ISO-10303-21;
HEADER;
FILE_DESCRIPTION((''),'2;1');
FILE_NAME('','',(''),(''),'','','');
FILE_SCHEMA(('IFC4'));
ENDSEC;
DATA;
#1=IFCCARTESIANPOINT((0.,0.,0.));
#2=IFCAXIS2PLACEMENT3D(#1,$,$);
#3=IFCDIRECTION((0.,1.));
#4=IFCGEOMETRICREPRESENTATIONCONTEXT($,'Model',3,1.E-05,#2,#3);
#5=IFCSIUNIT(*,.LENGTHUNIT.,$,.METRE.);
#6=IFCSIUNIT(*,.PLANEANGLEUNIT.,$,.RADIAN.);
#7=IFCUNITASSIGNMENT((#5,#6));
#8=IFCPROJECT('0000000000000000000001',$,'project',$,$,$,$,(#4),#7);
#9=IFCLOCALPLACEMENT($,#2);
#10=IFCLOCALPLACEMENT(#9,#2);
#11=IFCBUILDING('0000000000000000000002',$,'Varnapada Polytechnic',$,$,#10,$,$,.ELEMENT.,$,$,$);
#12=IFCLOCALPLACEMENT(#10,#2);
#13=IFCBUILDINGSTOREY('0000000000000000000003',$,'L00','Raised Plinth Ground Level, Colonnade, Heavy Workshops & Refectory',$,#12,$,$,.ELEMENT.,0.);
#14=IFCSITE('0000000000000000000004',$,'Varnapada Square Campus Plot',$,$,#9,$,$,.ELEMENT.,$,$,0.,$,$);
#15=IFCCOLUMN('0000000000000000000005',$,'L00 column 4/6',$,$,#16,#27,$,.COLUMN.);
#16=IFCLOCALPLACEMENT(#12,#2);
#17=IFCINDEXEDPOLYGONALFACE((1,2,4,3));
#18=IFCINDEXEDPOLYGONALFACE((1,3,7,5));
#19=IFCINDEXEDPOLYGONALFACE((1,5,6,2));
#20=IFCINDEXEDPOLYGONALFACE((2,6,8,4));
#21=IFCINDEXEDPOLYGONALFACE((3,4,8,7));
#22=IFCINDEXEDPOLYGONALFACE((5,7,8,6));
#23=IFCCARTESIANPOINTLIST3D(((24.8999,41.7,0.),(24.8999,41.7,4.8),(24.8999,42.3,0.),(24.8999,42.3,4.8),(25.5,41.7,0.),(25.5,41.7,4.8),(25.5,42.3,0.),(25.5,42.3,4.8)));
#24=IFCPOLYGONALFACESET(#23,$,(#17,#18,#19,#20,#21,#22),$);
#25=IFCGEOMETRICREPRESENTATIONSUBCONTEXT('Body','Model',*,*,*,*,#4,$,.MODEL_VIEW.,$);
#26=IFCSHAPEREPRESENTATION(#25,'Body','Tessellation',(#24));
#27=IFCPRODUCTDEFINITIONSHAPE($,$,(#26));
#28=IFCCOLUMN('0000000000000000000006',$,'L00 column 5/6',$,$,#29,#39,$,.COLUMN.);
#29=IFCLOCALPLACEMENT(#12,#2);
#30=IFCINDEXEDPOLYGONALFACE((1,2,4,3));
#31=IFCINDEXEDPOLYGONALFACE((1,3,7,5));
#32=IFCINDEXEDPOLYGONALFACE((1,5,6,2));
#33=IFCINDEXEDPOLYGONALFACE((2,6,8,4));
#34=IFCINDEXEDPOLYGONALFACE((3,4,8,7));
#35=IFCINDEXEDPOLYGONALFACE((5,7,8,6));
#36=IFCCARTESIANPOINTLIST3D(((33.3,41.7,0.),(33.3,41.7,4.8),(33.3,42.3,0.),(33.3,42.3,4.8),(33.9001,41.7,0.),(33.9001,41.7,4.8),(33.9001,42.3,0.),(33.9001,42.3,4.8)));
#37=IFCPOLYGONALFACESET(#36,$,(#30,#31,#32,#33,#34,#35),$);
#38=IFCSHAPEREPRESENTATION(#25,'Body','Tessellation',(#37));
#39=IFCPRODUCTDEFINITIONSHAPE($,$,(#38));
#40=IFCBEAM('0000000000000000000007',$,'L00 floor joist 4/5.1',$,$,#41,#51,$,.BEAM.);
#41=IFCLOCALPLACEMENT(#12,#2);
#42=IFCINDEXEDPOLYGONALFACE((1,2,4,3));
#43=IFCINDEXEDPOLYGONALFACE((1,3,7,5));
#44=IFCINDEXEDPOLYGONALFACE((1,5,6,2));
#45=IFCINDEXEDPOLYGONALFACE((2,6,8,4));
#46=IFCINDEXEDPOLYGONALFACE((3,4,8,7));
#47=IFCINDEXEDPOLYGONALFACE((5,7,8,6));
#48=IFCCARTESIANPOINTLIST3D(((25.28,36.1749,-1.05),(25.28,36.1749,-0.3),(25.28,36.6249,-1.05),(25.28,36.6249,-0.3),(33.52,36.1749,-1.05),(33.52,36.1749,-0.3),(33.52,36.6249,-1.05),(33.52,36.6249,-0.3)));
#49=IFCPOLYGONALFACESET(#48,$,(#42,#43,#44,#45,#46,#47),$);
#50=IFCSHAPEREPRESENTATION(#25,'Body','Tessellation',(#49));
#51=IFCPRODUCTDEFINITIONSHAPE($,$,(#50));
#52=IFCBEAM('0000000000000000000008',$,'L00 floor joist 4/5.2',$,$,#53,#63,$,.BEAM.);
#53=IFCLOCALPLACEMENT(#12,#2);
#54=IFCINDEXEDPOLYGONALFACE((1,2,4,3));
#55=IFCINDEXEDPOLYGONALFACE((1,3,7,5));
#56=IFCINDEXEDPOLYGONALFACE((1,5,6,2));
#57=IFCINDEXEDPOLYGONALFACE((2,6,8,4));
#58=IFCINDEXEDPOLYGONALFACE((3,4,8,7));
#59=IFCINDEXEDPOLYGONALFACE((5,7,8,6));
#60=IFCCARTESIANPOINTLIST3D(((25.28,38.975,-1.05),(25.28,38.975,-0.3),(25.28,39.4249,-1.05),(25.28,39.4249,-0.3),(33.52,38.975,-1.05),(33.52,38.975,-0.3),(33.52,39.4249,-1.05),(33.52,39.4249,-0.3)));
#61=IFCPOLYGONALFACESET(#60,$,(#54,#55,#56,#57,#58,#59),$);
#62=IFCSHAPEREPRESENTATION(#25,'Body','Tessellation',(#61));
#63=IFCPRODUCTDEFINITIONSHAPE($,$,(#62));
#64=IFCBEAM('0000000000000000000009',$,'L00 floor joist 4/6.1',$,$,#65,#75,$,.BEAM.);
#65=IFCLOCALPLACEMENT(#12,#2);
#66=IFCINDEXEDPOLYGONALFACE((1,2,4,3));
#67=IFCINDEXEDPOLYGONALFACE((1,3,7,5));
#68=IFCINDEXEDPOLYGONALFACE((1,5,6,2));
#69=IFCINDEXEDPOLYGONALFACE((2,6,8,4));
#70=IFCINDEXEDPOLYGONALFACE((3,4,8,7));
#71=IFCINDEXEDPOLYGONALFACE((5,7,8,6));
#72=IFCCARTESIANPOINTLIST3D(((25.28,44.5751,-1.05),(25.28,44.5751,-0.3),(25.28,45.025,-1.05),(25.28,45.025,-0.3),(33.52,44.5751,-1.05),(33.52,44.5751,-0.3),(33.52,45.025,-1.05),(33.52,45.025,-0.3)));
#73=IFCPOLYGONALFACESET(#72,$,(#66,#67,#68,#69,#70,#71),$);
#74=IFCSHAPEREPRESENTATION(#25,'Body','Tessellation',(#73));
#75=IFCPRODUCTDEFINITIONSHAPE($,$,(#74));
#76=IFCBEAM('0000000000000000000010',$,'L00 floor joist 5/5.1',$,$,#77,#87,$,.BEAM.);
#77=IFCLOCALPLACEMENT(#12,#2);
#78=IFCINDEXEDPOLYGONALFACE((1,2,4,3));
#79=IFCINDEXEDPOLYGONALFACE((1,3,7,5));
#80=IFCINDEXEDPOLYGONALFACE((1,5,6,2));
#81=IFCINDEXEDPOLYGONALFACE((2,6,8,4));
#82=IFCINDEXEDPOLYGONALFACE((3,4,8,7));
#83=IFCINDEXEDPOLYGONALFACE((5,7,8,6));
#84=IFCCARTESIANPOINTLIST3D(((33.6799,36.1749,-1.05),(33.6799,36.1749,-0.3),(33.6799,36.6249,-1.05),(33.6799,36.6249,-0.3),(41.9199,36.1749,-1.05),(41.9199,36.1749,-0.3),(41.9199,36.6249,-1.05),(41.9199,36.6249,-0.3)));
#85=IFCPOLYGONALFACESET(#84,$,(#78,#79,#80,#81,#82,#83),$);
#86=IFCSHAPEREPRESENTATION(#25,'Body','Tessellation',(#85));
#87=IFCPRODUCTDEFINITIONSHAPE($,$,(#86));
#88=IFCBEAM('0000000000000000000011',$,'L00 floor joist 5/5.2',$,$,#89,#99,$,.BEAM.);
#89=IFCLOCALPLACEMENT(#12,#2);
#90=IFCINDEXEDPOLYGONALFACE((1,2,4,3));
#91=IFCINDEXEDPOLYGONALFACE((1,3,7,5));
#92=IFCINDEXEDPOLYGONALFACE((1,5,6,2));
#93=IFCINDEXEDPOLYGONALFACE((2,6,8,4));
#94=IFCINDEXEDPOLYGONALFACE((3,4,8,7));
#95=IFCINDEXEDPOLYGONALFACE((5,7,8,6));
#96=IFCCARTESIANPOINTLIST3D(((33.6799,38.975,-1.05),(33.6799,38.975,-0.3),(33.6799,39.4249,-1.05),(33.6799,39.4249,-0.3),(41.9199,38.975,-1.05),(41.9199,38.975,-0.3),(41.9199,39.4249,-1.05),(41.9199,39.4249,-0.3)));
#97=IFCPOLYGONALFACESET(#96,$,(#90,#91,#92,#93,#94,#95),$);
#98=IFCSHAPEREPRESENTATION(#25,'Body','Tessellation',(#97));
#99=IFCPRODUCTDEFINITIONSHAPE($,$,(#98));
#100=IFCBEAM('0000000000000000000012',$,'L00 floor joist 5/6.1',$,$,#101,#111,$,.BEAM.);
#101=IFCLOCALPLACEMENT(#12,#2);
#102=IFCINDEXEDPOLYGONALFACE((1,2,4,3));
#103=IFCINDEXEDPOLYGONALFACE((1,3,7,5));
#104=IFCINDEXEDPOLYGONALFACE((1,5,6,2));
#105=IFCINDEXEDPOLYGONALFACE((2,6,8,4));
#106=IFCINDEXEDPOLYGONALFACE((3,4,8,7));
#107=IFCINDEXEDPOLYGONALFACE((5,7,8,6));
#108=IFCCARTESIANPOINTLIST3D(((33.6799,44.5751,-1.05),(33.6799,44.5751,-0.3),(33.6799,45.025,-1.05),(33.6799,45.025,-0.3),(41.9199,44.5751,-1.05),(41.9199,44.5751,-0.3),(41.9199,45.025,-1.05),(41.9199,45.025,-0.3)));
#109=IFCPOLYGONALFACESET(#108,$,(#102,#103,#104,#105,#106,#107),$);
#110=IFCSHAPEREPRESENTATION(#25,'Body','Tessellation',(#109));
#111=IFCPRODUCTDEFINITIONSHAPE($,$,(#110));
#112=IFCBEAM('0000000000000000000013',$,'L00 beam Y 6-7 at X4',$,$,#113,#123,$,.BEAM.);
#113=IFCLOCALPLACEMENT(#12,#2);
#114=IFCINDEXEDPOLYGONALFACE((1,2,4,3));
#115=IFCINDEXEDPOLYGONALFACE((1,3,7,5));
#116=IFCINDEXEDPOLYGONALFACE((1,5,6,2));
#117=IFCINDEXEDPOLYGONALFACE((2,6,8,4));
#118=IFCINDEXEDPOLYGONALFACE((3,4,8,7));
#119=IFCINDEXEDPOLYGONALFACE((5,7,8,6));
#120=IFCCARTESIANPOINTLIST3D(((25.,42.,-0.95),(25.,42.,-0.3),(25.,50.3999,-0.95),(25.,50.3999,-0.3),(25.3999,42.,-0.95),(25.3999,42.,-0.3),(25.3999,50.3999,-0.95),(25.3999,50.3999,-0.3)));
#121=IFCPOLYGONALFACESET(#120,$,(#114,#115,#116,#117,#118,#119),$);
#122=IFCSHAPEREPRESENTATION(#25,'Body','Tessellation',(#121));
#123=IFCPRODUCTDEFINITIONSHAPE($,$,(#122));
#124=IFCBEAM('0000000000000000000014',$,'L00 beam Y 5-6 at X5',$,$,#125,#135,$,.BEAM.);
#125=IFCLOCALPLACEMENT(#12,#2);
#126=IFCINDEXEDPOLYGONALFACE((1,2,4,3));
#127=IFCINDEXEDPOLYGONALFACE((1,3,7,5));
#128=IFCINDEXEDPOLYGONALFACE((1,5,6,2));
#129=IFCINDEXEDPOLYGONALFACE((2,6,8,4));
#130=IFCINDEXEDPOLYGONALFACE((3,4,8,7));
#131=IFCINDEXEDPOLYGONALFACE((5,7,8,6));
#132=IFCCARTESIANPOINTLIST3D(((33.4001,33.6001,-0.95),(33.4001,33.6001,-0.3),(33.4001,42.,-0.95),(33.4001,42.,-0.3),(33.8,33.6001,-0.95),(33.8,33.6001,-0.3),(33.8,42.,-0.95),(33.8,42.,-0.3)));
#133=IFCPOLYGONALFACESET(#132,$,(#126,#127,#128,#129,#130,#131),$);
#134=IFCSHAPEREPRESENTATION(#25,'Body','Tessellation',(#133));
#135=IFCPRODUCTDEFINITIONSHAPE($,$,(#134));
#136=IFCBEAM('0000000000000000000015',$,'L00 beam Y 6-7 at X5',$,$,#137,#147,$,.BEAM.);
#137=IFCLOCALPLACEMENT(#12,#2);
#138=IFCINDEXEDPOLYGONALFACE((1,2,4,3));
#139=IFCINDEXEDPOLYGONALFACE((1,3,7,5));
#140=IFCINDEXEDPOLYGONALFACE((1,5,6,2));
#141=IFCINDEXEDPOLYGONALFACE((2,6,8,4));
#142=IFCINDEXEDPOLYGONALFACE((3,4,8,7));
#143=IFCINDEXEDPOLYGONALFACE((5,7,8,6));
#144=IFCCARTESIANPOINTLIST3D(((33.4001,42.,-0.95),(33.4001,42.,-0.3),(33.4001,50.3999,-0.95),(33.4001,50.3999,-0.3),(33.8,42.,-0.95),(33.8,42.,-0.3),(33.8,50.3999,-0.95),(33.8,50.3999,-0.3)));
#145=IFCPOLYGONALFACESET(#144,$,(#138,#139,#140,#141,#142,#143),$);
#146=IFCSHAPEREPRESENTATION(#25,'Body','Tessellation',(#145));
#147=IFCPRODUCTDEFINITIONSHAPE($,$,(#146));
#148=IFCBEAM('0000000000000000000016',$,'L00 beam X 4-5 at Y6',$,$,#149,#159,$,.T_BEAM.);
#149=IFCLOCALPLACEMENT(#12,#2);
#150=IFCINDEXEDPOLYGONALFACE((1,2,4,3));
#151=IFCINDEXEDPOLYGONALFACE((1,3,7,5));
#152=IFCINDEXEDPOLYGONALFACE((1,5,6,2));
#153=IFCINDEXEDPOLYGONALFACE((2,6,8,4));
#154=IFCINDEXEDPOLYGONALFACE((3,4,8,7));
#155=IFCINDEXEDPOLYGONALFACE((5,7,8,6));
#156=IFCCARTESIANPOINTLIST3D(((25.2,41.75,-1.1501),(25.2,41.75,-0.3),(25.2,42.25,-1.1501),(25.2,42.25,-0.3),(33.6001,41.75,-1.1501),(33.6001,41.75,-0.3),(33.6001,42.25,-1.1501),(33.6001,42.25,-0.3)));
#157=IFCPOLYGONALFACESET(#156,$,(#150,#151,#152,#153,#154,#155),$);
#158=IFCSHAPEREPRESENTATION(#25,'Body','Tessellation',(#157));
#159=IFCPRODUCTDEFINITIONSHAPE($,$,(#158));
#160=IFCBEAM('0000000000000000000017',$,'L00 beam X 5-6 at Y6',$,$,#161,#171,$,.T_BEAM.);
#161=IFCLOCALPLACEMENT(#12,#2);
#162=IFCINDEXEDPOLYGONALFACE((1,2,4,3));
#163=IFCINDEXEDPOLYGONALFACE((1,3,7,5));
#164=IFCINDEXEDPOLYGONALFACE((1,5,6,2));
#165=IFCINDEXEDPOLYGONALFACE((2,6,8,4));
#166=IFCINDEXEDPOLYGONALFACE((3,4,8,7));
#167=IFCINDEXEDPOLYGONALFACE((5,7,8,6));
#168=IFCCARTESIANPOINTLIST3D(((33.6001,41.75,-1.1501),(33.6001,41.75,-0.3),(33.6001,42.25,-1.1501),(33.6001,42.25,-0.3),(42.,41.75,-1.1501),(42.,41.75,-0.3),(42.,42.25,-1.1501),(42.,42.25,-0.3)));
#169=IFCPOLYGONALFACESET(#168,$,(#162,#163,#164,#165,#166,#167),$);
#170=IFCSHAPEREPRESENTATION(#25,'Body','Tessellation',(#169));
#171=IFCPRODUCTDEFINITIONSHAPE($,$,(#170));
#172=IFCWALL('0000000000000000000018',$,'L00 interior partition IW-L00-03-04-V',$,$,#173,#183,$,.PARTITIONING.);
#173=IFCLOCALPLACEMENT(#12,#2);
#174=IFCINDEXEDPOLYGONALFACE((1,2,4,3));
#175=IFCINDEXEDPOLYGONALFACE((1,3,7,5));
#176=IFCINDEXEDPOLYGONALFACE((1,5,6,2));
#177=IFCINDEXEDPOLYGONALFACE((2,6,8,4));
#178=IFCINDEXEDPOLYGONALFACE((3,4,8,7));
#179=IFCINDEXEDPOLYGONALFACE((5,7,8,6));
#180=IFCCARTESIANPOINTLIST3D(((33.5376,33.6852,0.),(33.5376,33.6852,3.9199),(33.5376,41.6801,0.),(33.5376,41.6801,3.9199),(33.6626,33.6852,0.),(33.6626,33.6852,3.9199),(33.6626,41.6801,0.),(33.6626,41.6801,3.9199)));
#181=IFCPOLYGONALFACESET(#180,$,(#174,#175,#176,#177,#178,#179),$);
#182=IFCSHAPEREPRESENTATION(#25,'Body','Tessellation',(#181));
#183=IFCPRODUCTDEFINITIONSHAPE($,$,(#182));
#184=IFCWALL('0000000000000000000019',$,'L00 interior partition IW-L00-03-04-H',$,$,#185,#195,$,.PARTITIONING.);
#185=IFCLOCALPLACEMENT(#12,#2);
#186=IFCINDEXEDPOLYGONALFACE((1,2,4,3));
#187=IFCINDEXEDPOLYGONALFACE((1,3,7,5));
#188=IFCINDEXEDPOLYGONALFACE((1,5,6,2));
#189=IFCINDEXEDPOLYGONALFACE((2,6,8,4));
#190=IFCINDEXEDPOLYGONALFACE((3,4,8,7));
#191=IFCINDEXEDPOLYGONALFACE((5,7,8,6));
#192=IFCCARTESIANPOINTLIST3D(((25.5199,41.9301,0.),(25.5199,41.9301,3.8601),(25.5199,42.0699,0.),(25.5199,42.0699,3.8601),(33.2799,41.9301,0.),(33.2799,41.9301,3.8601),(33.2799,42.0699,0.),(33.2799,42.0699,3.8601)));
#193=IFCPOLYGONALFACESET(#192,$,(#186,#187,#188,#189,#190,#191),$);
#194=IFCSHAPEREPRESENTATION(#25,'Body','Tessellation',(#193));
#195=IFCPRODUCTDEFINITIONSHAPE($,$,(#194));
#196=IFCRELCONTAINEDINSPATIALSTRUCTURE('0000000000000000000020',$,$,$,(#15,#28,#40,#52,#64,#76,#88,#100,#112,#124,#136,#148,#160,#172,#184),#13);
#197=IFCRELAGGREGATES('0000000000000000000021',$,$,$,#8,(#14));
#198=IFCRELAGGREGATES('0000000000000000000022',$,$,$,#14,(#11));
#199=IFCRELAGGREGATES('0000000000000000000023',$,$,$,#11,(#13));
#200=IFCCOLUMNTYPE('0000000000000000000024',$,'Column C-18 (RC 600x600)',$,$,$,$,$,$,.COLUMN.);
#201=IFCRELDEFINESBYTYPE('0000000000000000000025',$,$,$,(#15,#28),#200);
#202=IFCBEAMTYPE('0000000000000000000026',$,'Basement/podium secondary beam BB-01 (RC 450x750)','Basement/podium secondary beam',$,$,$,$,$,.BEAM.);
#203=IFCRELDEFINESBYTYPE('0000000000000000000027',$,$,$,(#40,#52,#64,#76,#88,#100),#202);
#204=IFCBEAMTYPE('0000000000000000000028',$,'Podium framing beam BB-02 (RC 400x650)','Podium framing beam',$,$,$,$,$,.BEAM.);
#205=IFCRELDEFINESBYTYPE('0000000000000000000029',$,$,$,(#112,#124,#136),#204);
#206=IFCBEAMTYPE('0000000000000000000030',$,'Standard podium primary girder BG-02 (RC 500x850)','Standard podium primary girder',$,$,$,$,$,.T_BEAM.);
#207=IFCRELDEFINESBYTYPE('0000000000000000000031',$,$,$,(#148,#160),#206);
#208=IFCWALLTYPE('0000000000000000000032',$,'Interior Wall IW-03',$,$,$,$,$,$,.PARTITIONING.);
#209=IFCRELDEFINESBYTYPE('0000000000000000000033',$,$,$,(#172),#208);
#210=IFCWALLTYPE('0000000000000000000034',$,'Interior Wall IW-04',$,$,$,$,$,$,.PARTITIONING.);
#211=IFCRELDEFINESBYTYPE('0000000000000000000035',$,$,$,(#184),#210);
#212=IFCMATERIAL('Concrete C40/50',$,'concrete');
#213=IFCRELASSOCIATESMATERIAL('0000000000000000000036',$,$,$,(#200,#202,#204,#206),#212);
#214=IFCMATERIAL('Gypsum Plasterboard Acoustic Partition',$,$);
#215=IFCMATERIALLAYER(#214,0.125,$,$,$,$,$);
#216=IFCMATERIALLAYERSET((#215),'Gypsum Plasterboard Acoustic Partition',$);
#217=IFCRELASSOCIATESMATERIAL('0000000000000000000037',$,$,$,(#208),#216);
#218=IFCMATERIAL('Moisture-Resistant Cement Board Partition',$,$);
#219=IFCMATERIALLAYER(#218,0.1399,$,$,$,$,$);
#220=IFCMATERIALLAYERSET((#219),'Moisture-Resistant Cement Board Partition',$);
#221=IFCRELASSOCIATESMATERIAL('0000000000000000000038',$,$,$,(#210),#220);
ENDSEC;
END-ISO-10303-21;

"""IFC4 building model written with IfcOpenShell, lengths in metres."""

from ifc_helpers import new_model, si_unit, direction, frame, frame_2d, origin, origin_2d, place, context, subcontext, project, spatial, rectangle, extrude, material, layer, layer_set, material_profile, profile_set, type_object, element, save


model = new_model("IFC4")

# Units and contexts
model_context = context("Model", 3, precision=1e-05, world=origin(), true_north=direction((0.0, 1.0)))
body_context = subcontext(model_context, "Body", "Model", "MODEL_VIEW")
ifc_project = project(units=[si_unit("LENGTHUNIT", "METRE"), si_unit("PLANEANGLEUNIT", "RADIAN")], contexts=[model_context])

# Site, building, storey
site_placement = place(None, origin())
site = spatial("IfcSite", under=ifc_project, at=site_placement, Name="Varnapada Square Campus Plot", CompositionType="ELEMENT", RefElevation=0.0)
building_placement = place(site_placement, origin())
building = spatial("IfcBuilding", under=site, at=building_placement, Name="Varnapada Polytechnic", CompositionType="ELEMENT")
storey_placement = place(building_placement, origin())
storey = spatial("IfcBuildingStorey", under=building, at=storey_placement, Name="L00", Description="Raised Plinth Ground Level, Colonnade, Heavy Workshops & Refectory", CompositionType="ELEMENT", Elevation=0.0)

# Columns
ifc_material_1 = material(Name="Concrete C40/50", Category="concrete")
ifc_material_profile_1 = material_profile(ifc_material_1, rectangle(XDim=0.6001, YDim=0.6001, at=origin_2d()), Name="RC 600x600")
ifc_profile_set_1 = profile_set([ifc_material_profile_1], Name="Concrete C40/50")
column_type = type_object("IfcColumnType", Name="Column C-18 (RC 600x600)", PredefinedType="COLUMN", material=ifc_profile_set_1)
for number, where, z_axis, x_axis, name in (
    (1, (25.2, 42.0, 0.0), (0.0, 0.0, 1.0), (1.0, 0.0, 0.0), "L00 column 4/6"),
    (2, (33.6001, 42.0, 0.0), (0.0, 0.0, 1.0), (1.0, 0.0, 0.0), "L00 column 5/6"),
):
    element("IfcColumn", number, at=place(storey_placement, frame(where, z_axis=z_axis, x_axis=x_axis)), inside=storey, type_object=column_type, Name=name, PredefinedType="COLUMN", context=body_context, shape_type="SweptSolid", body=[
        extrude(rectangle(XDim=0.6001, YDim=0.6001, at=origin_2d()), origin(), (0.0, 0.0, 1.0), 4.8),
    ])

# Beams
ifc_material_profile_2 = material_profile(ifc_material_1, rectangle(XDim=0.45, YDim=0.75, at=origin_2d()), Name="RC 450x750")
ifc_profile_set_2 = profile_set([ifc_material_profile_2], Name="Concrete C40/50")
beam_type_1 = type_object("IfcBeamType", Name="Basement/podium secondary beam BB-01 (RC 450x750)", Description="Basement/podium secondary beam", PredefinedType="BEAM", material=ifc_profile_set_2)
for number, where, z_axis, x_axis, name in (
    (3, (25.28, 36.3999, -0.675), (1.0, 0.0, 0.0), (0.0, 1.0, 0.0), "L00 floor joist 4/5.1"),
    (4, (25.28, 39.2, -0.675), (1.0, 0.0, 0.0), (0.0, 1.0, 0.0), "L00 floor joist 4/5.2"),
    (5, (25.28, 44.8, -0.675), (1.0, 0.0, 0.0), (0.0, 1.0, 0.0), "L00 floor joist 4/6.1"),
    (6, (33.6799, 36.3999, -0.675), (1.0, 0.0, 0.0), (0.0, 1.0, 0.0), "L00 floor joist 5/5.1"),
    (7, (33.6799, 39.2, -0.675), (1.0, 0.0, 0.0), (0.0, 1.0, 0.0), "L00 floor joist 5/5.2"),
    (8, (33.6799, 44.8, -0.675), (1.0, 0.0, 0.0), (0.0, 1.0, 0.0), "L00 floor joist 5/6.1"),
):
    element("IfcBeam", number, at=place(storey_placement, frame(where, z_axis=z_axis, x_axis=x_axis)), inside=storey, type_object=beam_type_1, Name=name, PredefinedType="BEAM", context=body_context, shape_type="SweptSolid", body=[
        extrude(rectangle(XDim=0.45, YDim=0.75, at=origin_2d()), origin(), (0.0, 0.0, 1.0), 8.24),
    ])
ifc_material_profile_3 = material_profile(ifc_material_1, rectangle(XDim=0.3999, YDim=0.6499, at=origin_2d()), Name="RC 400x650")
ifc_profile_set_3 = profile_set([ifc_material_profile_3], Name="Concrete C40/50")
beam_type_2 = type_object("IfcBeamType", Name="Podium framing beam BB-02 (RC 400x650)", Description="Podium framing beam", PredefinedType="BEAM", material=ifc_profile_set_3)
for number, where, z_axis, x_axis, name in (
    (9, (25.2, 42.0, -0.625), (0.0, 1.0, 0.0), (-1.0, 0.0, 0.0), "L00 beam Y 6-7 at X4"),
    (10, (33.6001, 33.6001, -0.625), (0.0, 1.0, 0.0), (-1.0, 0.0, 0.0), "L00 beam Y 5-6 at X5"),
    (11, (33.6001, 42.0, -0.625), (0.0, 1.0, 0.0), (-1.0, 0.0, 0.0), "L00 beam Y 6-7 at X5"),
):
    element("IfcBeam", number, at=place(storey_placement, frame(where, z_axis=z_axis, x_axis=x_axis)), inside=storey, type_object=beam_type_2, Name=name, PredefinedType="BEAM", context=body_context, shape_type="SweptSolid", body=[
        extrude(rectangle(XDim=0.3999, YDim=0.6499, at=origin_2d()), origin(), (0.0, 0.0, 1.0), 8.3999),
    ])
ifc_material_profile_4 = material_profile(ifc_material_1, rectangle(XDim=0.5, YDim=0.8501, at=origin_2d()), Name="RC 500x850")
ifc_profile_set_4 = profile_set([ifc_material_profile_4], Name="Concrete C40/50")
beam_type_3 = type_object("IfcBeamType", Name="Standard podium primary girder BG-02 (RC 500x850)", Description="Standard podium primary girder", PredefinedType="T_BEAM", material=ifc_profile_set_4)
beam_1_placement = place(storey_placement, frame((25.2, 42.0, -0.7251), z_axis=(1.0, 0.0, 0.0), x_axis=(0.0, 1.0, 0.0)))
element("IfcBeam", 12, at=beam_1_placement, inside=storey, type_object=beam_type_3, Name="L00 beam X 4-5 at Y6", PredefinedType="T_BEAM", context=body_context, shape_type="SweptSolid", body=[
    extrude(rectangle(XDim=0.5, YDim=0.8501, at=origin_2d()), origin(), (0.0, 0.0, 1.0), 8.4001),
])
beam_2_placement = place(storey_placement, frame((33.6001, 42.0, -0.7251), z_axis=(1.0, 0.0, 0.0), x_axis=(0.0, 1.0, 0.0)))
element("IfcBeam", 13, at=beam_2_placement, inside=storey, type_object=beam_type_3, Name="L00 beam X 5-6 at Y6", PredefinedType="T_BEAM", context=body_context, shape_type="SweptSolid", body=[
    extrude(rectangle(XDim=0.5, YDim=0.8501, at=origin_2d()), origin(), (0.0, 0.0, 1.0), 8.3999),
])

# Walls
ifc_material_2 = material(Name="Gypsum Plasterboard Acoustic Partition")
ifc_layer_1 = layer(ifc_material_2, 0.125)
ifc_layer_set_1 = layer_set([ifc_layer_1], Name="Gypsum Plasterboard Acoustic Partition")
wall_type_1 = type_object("IfcWallType", Name="Interior Wall IW-03", PredefinedType="PARTITIONING", material=ifc_layer_set_1)
wall_1_placement = place(storey_placement, frame((33.6001, 33.6851, 0.0), z_axis=(0.0, 0.0, 1.0), x_axis=(0.0, 1.0, 0.0)))
element("IfcWall", 14, at=wall_1_placement, inside=storey, type_object=wall_type_1, Name="L00 interior partition IW-L00-03-04-V", PredefinedType="PARTITIONING", context=body_context, shape_type="SweptSolid", body=[
    extrude(rectangle(XDim=7.9949, YDim=0.125, at=frame_2d((3.9976, 0.0))), origin(), (0.0, 0.0, 1.0), 3.9199),
])
ifc_material_3 = material(Name="Moisture-Resistant Cement Board Partition")
ifc_layer_2 = layer(ifc_material_3, 0.1399)
ifc_layer_set_2 = layer_set([ifc_layer_2], Name="Moisture-Resistant Cement Board Partition")
wall_type_2 = type_object("IfcWallType", Name="Interior Wall IW-04", PredefinedType="PARTITIONING", material=ifc_layer_set_2)
wall_2_placement = place(storey_placement, frame((25.52, 42.0, 0.0), z_axis=(0.0, 0.0, 1.0), x_axis=(1.0, 0.0, 0.0)))
element("IfcWall", 15, at=wall_2_placement, inside=storey, type_object=wall_type_2, Name="L00 interior partition IW-L00-03-04-H", PredefinedType="PARTITIONING", context=body_context, shape_type="SweptSolid", body=[
    extrude(rectangle(XDim=7.76, YDim=0.1399, at=frame_2d((3.8799, 0.0))), origin(), (0.0, 0.0, 1.0), 3.8601),
])

save(model, "model.ifc")
